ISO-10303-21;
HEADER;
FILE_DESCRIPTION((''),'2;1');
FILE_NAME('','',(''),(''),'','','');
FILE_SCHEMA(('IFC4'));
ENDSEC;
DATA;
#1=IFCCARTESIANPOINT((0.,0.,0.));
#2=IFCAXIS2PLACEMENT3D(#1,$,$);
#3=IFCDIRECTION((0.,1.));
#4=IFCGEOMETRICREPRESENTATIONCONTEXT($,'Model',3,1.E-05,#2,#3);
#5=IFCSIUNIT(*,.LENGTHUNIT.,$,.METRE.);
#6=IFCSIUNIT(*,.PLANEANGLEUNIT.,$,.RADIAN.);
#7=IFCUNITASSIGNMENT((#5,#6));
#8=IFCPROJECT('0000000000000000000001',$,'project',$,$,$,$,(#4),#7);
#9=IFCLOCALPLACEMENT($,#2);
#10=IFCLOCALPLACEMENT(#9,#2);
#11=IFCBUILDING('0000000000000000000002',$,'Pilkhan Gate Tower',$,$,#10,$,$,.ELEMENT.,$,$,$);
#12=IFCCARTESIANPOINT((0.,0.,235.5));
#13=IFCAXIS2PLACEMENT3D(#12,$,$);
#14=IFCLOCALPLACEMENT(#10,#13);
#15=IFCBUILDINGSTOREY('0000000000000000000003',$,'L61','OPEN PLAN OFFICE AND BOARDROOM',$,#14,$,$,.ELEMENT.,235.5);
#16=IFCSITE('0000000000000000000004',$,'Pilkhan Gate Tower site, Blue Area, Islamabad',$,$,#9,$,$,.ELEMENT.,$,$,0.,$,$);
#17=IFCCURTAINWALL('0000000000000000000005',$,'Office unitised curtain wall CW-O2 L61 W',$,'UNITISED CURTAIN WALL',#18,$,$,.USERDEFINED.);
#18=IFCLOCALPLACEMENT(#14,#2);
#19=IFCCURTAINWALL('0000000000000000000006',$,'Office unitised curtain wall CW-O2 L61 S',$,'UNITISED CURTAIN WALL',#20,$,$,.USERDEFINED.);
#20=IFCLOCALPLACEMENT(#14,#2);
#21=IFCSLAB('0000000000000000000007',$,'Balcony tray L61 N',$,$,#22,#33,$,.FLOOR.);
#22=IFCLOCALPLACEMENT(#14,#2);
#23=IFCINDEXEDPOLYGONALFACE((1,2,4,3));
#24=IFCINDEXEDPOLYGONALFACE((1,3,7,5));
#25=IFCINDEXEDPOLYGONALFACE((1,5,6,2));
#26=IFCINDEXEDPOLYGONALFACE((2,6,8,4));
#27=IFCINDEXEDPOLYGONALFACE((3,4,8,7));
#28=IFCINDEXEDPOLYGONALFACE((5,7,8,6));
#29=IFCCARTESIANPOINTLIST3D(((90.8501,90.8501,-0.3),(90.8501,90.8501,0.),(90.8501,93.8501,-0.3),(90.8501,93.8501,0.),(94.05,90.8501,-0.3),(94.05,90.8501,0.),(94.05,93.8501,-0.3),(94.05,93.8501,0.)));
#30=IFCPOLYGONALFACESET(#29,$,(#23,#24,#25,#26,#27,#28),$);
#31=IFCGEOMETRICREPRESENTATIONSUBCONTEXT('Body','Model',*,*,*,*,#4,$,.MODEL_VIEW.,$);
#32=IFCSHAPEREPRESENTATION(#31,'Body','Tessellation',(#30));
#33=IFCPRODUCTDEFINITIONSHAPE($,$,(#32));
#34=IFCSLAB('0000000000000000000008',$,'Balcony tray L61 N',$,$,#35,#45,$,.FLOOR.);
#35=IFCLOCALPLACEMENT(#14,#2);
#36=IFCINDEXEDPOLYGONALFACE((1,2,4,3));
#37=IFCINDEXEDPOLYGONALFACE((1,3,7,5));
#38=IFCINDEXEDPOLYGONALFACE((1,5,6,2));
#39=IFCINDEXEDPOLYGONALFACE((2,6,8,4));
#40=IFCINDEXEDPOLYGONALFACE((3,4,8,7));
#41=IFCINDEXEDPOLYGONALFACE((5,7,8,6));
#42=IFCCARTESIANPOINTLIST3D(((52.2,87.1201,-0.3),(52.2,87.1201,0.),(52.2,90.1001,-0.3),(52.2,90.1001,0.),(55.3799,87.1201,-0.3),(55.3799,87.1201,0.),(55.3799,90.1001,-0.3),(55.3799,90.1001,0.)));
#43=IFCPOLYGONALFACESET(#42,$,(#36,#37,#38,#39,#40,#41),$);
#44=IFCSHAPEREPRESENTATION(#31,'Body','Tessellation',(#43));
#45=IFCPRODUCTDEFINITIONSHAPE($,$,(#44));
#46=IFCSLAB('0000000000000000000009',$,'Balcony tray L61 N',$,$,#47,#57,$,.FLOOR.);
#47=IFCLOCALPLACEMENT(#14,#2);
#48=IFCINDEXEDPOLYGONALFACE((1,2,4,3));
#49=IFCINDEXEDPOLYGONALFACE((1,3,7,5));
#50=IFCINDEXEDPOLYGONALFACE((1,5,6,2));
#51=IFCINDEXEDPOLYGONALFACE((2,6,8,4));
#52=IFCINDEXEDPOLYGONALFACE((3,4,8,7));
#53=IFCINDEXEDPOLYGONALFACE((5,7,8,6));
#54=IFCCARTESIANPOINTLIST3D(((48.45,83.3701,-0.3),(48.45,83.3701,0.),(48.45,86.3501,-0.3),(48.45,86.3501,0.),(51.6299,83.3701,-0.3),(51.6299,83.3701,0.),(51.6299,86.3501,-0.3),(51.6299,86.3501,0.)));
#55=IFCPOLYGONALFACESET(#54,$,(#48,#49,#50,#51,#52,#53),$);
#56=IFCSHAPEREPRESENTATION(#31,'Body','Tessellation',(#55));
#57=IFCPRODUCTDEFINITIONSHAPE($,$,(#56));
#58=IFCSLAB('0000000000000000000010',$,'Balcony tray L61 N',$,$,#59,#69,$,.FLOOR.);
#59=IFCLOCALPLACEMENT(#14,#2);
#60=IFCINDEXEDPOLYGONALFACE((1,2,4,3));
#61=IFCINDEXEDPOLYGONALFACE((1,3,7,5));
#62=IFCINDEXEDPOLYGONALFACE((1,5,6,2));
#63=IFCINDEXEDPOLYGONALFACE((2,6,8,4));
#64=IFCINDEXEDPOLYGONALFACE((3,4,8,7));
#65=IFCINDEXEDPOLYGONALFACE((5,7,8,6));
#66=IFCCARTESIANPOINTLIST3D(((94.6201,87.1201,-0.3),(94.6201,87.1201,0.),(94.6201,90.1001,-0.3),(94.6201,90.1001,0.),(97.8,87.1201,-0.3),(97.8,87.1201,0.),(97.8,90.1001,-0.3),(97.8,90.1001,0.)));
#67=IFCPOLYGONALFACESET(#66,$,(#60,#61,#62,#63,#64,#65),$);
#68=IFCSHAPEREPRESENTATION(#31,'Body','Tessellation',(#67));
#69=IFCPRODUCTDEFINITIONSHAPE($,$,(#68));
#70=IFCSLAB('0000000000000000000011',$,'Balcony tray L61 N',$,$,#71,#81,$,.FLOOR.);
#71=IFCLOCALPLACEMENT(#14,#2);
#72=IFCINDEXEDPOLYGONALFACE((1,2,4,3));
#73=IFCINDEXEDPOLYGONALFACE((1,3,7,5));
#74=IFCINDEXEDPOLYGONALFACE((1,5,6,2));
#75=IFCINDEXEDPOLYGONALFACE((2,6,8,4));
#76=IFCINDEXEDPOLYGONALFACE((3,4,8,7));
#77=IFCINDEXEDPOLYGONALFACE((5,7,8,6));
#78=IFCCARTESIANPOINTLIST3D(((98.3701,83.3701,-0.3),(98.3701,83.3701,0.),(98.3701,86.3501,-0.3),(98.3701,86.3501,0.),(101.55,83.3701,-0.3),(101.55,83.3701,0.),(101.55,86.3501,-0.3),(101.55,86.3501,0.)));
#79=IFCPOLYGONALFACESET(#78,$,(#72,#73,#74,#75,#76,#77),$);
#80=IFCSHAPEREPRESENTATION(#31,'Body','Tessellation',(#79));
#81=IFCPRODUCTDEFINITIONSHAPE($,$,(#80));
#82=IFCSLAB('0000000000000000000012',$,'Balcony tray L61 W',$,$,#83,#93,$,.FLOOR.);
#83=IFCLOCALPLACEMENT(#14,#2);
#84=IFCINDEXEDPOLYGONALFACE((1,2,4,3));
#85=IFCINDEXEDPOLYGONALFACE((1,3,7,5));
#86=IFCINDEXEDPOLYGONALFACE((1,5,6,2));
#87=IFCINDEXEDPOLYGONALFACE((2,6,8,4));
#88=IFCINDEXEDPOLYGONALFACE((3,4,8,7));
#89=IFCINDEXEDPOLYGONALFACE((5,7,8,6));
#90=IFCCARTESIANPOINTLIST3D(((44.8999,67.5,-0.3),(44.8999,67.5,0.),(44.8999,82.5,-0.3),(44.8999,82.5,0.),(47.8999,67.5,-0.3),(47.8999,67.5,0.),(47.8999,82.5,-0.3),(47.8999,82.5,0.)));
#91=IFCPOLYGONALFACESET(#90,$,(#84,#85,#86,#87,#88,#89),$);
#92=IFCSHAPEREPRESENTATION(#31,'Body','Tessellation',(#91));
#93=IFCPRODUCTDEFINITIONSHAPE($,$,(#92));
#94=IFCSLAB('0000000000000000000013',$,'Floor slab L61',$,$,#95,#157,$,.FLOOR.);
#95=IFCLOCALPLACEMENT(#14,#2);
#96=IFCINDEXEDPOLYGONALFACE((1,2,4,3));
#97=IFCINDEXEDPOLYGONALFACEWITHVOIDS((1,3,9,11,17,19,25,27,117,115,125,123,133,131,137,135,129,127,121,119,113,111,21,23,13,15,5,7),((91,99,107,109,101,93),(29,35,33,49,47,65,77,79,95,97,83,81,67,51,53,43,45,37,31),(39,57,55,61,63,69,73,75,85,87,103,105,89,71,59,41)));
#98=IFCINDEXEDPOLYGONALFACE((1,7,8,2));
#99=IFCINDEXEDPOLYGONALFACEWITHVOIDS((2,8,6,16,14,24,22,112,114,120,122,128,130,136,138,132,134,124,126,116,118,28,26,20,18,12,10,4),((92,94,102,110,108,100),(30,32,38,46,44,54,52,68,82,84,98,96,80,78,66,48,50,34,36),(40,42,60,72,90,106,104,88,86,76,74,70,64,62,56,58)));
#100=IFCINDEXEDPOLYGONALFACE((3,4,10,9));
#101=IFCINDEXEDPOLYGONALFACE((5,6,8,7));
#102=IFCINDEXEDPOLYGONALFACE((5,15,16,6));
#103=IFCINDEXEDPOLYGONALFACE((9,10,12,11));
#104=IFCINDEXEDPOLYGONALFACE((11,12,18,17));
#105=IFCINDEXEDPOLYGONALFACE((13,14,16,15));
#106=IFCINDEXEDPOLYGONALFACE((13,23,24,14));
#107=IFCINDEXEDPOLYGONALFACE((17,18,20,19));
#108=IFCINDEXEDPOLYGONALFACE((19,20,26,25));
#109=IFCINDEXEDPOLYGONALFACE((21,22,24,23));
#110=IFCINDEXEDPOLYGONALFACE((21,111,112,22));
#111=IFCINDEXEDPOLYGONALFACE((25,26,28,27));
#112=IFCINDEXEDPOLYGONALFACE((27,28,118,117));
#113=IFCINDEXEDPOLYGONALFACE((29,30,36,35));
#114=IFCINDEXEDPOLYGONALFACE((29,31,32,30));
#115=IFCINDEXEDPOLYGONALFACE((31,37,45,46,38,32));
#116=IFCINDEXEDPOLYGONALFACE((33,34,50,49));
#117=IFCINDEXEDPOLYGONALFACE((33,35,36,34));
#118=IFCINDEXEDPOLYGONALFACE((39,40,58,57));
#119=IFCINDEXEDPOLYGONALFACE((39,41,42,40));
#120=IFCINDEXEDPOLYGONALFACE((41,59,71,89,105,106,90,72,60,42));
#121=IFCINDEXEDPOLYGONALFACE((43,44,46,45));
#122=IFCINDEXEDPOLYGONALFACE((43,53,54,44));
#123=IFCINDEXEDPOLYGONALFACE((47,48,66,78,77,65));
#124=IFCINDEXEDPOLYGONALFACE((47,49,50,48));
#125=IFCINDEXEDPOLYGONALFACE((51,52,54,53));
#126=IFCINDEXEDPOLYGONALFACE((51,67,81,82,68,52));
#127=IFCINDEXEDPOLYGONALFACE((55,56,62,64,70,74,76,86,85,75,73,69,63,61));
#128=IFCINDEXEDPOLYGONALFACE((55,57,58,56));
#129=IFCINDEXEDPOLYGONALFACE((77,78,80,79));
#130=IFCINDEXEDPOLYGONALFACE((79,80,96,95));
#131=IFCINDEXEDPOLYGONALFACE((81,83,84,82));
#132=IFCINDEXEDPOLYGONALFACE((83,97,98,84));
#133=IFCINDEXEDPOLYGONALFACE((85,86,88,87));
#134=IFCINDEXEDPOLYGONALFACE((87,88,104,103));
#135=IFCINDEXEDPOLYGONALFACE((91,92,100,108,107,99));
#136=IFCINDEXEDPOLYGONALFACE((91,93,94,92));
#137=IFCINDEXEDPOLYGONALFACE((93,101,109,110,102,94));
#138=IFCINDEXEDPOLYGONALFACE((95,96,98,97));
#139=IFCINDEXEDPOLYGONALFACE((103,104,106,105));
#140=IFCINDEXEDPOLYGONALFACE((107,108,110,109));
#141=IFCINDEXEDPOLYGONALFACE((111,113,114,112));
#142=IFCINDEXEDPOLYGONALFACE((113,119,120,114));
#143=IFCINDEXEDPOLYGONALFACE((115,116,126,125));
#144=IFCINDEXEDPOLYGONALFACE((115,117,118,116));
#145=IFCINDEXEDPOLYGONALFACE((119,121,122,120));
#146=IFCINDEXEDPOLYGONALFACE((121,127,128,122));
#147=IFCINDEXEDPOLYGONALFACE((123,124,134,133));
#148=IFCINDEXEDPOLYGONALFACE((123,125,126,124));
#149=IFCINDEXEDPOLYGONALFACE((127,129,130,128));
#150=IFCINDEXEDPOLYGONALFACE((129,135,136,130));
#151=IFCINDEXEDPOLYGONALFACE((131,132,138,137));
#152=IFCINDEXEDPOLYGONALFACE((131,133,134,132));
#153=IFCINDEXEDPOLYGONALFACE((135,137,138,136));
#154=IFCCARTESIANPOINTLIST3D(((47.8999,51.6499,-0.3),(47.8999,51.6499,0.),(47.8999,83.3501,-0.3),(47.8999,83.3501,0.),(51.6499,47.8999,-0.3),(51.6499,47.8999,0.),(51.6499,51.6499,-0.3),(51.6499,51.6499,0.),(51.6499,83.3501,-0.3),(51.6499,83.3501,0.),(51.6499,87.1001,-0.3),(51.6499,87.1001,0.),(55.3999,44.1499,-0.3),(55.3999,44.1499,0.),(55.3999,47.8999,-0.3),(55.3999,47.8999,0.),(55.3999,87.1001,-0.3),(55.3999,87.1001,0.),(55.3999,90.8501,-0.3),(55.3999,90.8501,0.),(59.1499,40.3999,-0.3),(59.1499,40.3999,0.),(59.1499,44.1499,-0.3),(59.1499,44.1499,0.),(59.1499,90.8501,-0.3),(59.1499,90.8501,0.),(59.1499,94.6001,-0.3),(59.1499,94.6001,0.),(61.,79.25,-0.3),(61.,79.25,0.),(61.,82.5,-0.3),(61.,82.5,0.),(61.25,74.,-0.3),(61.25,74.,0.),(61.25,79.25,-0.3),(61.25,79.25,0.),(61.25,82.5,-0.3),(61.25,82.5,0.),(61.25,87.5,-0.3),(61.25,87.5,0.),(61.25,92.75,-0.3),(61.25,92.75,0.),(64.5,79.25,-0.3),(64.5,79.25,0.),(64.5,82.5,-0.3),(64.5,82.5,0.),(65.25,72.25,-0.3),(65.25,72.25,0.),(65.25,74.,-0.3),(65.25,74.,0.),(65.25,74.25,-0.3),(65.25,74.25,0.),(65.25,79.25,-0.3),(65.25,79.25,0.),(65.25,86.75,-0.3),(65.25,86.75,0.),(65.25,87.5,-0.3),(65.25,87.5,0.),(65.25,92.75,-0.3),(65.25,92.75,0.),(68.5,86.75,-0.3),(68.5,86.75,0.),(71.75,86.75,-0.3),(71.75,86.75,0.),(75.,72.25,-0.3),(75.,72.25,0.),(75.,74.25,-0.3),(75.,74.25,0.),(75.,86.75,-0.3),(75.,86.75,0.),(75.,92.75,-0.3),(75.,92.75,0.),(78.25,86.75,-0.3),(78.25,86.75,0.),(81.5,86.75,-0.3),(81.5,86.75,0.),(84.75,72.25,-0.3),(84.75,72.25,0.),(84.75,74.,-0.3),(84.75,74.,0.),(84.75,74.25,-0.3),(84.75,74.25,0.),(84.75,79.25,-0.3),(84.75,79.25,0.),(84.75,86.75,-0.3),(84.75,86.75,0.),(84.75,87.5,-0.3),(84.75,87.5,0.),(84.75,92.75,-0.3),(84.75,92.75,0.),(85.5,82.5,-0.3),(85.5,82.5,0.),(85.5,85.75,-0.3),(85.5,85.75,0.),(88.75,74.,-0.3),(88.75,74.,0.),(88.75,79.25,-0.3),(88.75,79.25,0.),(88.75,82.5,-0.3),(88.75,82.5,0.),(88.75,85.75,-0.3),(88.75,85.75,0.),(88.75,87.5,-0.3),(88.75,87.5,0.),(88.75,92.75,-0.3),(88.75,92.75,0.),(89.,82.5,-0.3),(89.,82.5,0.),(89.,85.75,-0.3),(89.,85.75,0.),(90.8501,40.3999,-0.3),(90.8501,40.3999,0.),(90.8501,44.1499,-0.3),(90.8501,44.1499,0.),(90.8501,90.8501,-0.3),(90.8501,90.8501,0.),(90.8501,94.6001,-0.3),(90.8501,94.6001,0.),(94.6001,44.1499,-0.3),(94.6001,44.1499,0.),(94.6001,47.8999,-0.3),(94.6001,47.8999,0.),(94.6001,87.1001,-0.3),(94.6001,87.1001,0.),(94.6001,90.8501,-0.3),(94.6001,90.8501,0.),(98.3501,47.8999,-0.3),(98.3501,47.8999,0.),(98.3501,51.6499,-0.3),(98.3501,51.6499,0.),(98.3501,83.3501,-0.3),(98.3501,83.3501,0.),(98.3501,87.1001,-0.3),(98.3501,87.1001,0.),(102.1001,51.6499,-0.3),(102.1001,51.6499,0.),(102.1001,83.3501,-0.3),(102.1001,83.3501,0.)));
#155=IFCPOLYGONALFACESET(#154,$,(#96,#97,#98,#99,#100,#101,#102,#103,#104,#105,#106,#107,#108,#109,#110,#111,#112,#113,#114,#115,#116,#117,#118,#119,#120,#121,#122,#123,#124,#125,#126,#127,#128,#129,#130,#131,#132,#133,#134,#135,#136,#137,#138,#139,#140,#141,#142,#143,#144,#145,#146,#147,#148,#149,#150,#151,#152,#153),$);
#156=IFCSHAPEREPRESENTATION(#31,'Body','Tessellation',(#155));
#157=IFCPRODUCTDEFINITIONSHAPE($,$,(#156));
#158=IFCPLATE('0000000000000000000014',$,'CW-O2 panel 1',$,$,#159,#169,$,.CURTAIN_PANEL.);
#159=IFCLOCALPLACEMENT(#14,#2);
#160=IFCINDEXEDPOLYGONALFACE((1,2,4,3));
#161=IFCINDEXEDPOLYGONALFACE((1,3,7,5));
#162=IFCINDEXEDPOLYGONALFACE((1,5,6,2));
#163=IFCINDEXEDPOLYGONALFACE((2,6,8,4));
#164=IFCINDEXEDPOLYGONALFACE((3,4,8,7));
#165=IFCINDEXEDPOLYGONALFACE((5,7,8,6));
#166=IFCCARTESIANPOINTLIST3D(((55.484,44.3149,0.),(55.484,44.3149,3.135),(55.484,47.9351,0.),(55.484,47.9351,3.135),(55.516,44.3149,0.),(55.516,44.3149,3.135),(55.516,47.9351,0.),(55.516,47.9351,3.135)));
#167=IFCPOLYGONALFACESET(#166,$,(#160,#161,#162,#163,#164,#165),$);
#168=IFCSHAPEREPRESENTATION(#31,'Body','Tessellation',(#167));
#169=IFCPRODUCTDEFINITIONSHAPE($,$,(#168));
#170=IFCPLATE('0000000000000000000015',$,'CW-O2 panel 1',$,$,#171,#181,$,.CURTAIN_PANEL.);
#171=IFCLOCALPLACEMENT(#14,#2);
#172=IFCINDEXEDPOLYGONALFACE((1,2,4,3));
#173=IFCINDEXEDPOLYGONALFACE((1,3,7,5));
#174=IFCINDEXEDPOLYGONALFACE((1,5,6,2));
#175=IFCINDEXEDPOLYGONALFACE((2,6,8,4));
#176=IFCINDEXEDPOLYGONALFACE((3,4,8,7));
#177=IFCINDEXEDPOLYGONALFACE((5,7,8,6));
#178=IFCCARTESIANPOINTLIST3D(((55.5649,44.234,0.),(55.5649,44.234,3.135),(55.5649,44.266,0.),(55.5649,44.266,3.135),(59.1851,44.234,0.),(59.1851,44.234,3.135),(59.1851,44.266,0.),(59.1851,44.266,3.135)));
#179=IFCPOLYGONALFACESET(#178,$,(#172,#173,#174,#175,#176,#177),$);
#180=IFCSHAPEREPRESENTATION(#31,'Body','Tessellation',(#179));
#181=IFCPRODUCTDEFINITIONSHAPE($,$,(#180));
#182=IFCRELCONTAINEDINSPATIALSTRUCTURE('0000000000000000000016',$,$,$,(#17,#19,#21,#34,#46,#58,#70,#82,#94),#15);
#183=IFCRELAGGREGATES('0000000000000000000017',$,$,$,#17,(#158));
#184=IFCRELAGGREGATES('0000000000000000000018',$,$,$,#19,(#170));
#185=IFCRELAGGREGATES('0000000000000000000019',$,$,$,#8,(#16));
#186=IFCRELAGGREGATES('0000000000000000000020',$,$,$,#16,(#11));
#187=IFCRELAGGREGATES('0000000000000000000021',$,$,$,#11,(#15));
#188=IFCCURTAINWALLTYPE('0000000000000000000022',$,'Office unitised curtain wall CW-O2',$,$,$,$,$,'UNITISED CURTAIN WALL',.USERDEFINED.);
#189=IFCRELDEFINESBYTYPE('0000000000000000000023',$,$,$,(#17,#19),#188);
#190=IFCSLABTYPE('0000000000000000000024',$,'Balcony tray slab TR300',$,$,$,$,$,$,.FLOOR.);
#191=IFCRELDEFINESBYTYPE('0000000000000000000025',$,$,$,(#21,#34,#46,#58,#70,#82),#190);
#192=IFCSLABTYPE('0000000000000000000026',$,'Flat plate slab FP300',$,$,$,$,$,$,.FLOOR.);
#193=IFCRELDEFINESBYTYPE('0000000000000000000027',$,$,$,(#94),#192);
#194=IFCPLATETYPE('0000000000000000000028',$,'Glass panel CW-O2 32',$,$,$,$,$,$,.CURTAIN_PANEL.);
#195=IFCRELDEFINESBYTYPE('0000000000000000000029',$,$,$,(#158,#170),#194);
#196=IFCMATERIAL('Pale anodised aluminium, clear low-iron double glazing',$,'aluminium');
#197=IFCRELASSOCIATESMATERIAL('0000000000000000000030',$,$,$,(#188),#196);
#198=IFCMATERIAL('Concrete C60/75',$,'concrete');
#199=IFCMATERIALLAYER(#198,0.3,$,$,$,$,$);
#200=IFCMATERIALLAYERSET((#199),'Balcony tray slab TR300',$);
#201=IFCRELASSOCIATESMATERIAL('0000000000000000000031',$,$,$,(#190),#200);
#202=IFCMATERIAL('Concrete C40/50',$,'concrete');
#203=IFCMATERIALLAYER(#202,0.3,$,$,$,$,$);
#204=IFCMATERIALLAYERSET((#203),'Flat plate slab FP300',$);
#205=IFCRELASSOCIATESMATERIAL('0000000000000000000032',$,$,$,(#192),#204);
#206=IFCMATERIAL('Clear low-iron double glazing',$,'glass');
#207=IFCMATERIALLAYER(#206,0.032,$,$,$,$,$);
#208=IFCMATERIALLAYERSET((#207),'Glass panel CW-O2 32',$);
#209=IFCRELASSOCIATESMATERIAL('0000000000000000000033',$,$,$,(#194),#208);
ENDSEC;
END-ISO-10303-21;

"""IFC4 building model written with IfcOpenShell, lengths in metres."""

from ifc_helpers import new_model, si_unit, direction, frame, origin, origin_2d, place, context, subcontext, project, spatial, polyline, rectangle, outline, extrude, material, layer, layer_set, type_object, element, aggregate, save


model = new_model("IFC4")

# Units and contexts
model_context = context("Model", 3, precision=1e-05, world=origin(), true_north=direction((0.0, 1.0)))
body_context = subcontext(model_context, "Body", "Model", "MODEL_VIEW")
ifc_project = project(units=[si_unit("LENGTHUNIT", "METRE"), si_unit("PLANEANGLEUNIT", "RADIAN")], contexts=[model_context])

# Site, building, storey
site_placement = place(None, origin())
site = spatial("IfcSite", under=ifc_project, at=site_placement, Name="Pilkhan Gate Tower site, Blue Area, Islamabad", CompositionType="ELEMENT", RefElevation=0.0)
building_placement = place(site_placement, origin())
building = spatial("IfcBuilding", under=site, at=building_placement, Name="Pilkhan Gate Tower", CompositionType="ELEMENT")
storey_placement = place(building_placement, frame((0.0, 0.0, 235.5)))
storey = spatial("IfcBuildingStorey", under=building, at=storey_placement, Name="L61", Description="OPEN PLAN OFFICE AND BOARDROOM", CompositionType="ELEMENT", Elevation=235.5)

# Shared definitions
ifc_material_1 = material(Name="Pale anodised aluminium, clear low-iron double glazing", Category="aluminium")
curtain_wall_type = type_object("IfcCurtainWallType", Name="Office unitised curtain wall CW-O2", ElementType="UNITISED CURTAIN WALL", PredefinedType="USERDEFINED", material=ifc_material_1)

# Curtain walls
curtain_wall_1_placement = place(storey_placement, origin())
curtain_wall_1 = element("IfcCurtainWall", 1, at=curtain_wall_1_placement, inside=storey, type_object=curtain_wall_type, Name="Office unitised curtain wall CW-O2 L61 W", ObjectType="UNITISED CURTAIN WALL", PredefinedType="USERDEFINED")
curtain_wall_2_placement = place(storey_placement, origin())
curtain_wall_2 = element("IfcCurtainWall", 2, at=curtain_wall_2_placement, inside=storey, type_object=curtain_wall_type, Name="Office unitised curtain wall CW-O2 L61 S", ObjectType="UNITISED CURTAIN WALL", PredefinedType="USERDEFINED")

# Slabs
ifc_material_2 = material(Name="Concrete C60/75", Category="concrete")
ifc_layer_1 = layer(ifc_material_2, 0.3)
ifc_layer_set_1 = layer_set([ifc_layer_1], Name="Balcony tray slab TR300")
slab_type_1 = type_object("IfcSlabType", Name="Balcony tray slab TR300", PredefinedType="FLOOR", material=ifc_layer_set_1)
slab_1_placement = place(storey_placement, frame((0.0, 0.0, -0.3)))
element("IfcSlab", 3, at=slab_1_placement, inside=storey, type_object=slab_type_1, Name="Balcony tray L61 N", PredefinedType="FLOOR", context=body_context, shape_type="SweptSolid", body=[
    extrude(outline(polyline([(94.05, 90.8501), (94.05, 93.8501), (90.8501, 93.8501), (90.8501, 90.8501), (94.05, 90.8501)])), origin(), (0.0, 0.0, 1.0), 0.3),
])
slab_2_placement = place(storey_placement, frame((0.0, 0.0, -0.3)))
element("IfcSlab", 4, at=slab_2_placement, inside=storey, type_object=slab_type_1, Name="Balcony tray L61 N", PredefinedType="FLOOR", context=body_context, shape_type="SweptSolid", body=[
    extrude(outline(polyline([(55.3799, 87.1201), (55.3799, 90.1001), (52.2, 90.1001), (52.2, 87.1201), (55.3799, 87.1201)])), origin(), (0.0, 0.0, 1.0), 0.3),
])
slab_3_placement = place(storey_placement, frame((0.0, 0.0, -0.3)))
element("IfcSlab", 5, at=slab_3_placement, inside=storey, type_object=slab_type_1, Name="Balcony tray L61 N", PredefinedType="FLOOR", context=body_context, shape_type="SweptSolid", body=[
    extrude(outline(polyline([(51.6299, 83.3701), (51.6299, 86.3501), (48.45, 86.3501), (48.45, 83.3701), (51.6299, 83.3701)])), origin(), (0.0, 0.0, 1.0), 0.3),
])
slab_4_placement = place(storey_placement, frame((0.0, 0.0, -0.3)))
element("IfcSlab", 6, at=slab_4_placement, inside=storey, type_object=slab_type_1, Name="Balcony tray L61 N", PredefinedType="FLOOR", context=body_context, shape_type="SweptSolid", body=[
    extrude(outline(polyline([(97.8, 87.1201), (97.8, 90.1001), (94.6201, 90.1001), (94.6201, 87.1201), (97.8, 87.1201)])), origin(), (0.0, 0.0, 1.0), 0.3),
])
slab_5_placement = place(storey_placement, frame((0.0, 0.0, -0.3)))
element("IfcSlab", 7, at=slab_5_placement, inside=storey, type_object=slab_type_1, Name="Balcony tray L61 N", PredefinedType="FLOOR", context=body_context, shape_type="SweptSolid", body=[
    extrude(outline(polyline([(101.55, 83.3701), (101.55, 86.3501), (98.3701, 86.3501), (98.3701, 83.3701), (101.55, 83.3701)])), origin(), (0.0, 0.0, 1.0), 0.3),
])
slab_6_placement = place(storey_placement, frame((0.0, 0.0, -0.3)))
element("IfcSlab", 8, at=slab_6_placement, inside=storey, type_object=slab_type_1, Name="Balcony tray L61 W", PredefinedType="FLOOR", context=body_context, shape_type="SweptSolid", body=[
    extrude(outline(polyline([(47.8999, 67.5), (47.8999, 82.5), (44.8999, 82.5), (44.8999, 67.5), (47.8999, 67.5)])), origin(), (0.0, 0.0, 1.0), 0.3),
])
ifc_material_3 = material(Name="Concrete C40/50", Category="concrete")
ifc_layer_2 = layer(ifc_material_3, 0.3)
ifc_layer_set_2 = layer_set([ifc_layer_2], Name="Flat plate slab FP300")
slab_type_2 = type_object("IfcSlabType", Name="Flat plate slab FP300", PredefinedType="FLOOR", material=ifc_layer_set_2)
slab_7_placement = place(storey_placement, frame((0.0, 0.0, -0.3)))
element("IfcSlab", 9, at=slab_7_placement, inside=storey, type_object=slab_type_2, Name="Floor slab L61", PredefinedType="FLOOR", context=body_context, shape_type="SweptSolid", body=[
    extrude(outline(polyline([(98.3501, 47.8999), (94.6001, 47.8999), (94.6001, 44.1499), (90.8501, 44.1499), (90.8501, 40.3999), (59.1499, 40.3999), (59.1499, 44.1499), (55.3999, 44.1499), (55.3999, 47.8999), (51.6499, 47.8999), (51.6499, 51.6499), (47.8999, 51.6499), (47.8999, 83.3501), (51.6499, 83.3501), (51.6499, 87.1001), (55.3999, 87.1001), (55.3999, 90.8501), (59.1499, 90.8501), (59.1499, 94.6001), (90.8501, 94.6001), (90.8501, 90.8501), (94.6001, 90.8501), (94.6001, 87.1001), (98.3501, 87.1001), (98.3501, 83.3501), (102.1001, 83.3501), (102.1001, 51.6499), (98.3501, 51.6499), (98.3501, 47.8999)]), holes=[polyline([(75.0, 72.25), (84.75, 72.25), (84.75, 74.0), (88.75, 74.0), (88.75, 79.25), (84.75, 79.25), (84.75, 74.25), (75.0, 74.25), (65.25, 74.25), (65.25, 79.25), (64.5, 79.25), (64.5, 82.5), (61.25, 82.5), (61.0, 82.5), (61.0, 79.25), (61.25, 79.25), (61.25, 74.0), (65.25, 74.0), (65.25, 72.25), (75.0, 72.25)]), polyline([(68.5, 86.75), (71.75, 86.75), (75.0, 86.75), (78.25, 86.75), (81.5, 86.75), (84.75, 86.75), (84.75, 87.5), (88.75, 87.5), (88.75, 92.75), (84.75, 92.75), (75.0, 92.75), (65.25, 92.75), (61.25, 92.75), (61.25, 87.5), (65.25, 87.5), (65.25, 86.75), (68.5, 86.75)]), polyline([(85.5, 85.75), (85.5, 82.5), (88.75, 82.5), (89.0, 82.5), (89.0, 85.75), (88.75, 85.75), (85.5, 85.75)])]), origin(), (0.0, 0.0, 1.0), 0.3),
])

# Plates
ifc_material_4 = material(Name="Clear low-iron double glazing", Category="glass")
ifc_layer_3 = layer(ifc_material_4, 0.032)
ifc_layer_set_3 = layer_set([ifc_layer_3], Name="Glass panel CW-O2 32")
plate_type = type_object("IfcPlateType", Name="Glass panel CW-O2 32", PredefinedType="CURTAIN_PANEL", material=ifc_layer_set_3)
plate_1_placement = place(storey_placement, frame((55.5, 46.125, 0.0), z_axis=(0.0, 0.0, 1.0), x_axis=(0.0, 1.0, 0.0)))
plate_1 = element("IfcPlate", 10, at=plate_1_placement, type_object=plate_type, Name="CW-O2 panel 1", PredefinedType="CURTAIN_PANEL", context=body_context, shape_type="SweptSolid", body=[
    extrude(rectangle(XDim=3.6201, YDim=0.032, at=origin_2d()), origin(), (0.0, 0.0, 1.0), 3.135),
])
aggregate(curtain_wall_1, [plate_1])
plate_2_placement = place(storey_placement, frame((57.375, 44.25, 0.0), z_axis=(0.0, 0.0, 1.0), x_axis=(1.0, 0.0, 0.0)))
plate_2 = element("IfcPlate", 11, at=plate_2_placement, type_object=plate_type, Name="CW-O2 panel 1", PredefinedType="CURTAIN_PANEL", context=body_context, shape_type="SweptSolid", body=[
    extrude(rectangle(XDim=3.6201, YDim=0.032, at=origin_2d()), origin(), (0.0, 0.0, 1.0), 3.135),
])
aggregate(curtain_wall_2, [plate_2])

save(model, "model.ifc")
